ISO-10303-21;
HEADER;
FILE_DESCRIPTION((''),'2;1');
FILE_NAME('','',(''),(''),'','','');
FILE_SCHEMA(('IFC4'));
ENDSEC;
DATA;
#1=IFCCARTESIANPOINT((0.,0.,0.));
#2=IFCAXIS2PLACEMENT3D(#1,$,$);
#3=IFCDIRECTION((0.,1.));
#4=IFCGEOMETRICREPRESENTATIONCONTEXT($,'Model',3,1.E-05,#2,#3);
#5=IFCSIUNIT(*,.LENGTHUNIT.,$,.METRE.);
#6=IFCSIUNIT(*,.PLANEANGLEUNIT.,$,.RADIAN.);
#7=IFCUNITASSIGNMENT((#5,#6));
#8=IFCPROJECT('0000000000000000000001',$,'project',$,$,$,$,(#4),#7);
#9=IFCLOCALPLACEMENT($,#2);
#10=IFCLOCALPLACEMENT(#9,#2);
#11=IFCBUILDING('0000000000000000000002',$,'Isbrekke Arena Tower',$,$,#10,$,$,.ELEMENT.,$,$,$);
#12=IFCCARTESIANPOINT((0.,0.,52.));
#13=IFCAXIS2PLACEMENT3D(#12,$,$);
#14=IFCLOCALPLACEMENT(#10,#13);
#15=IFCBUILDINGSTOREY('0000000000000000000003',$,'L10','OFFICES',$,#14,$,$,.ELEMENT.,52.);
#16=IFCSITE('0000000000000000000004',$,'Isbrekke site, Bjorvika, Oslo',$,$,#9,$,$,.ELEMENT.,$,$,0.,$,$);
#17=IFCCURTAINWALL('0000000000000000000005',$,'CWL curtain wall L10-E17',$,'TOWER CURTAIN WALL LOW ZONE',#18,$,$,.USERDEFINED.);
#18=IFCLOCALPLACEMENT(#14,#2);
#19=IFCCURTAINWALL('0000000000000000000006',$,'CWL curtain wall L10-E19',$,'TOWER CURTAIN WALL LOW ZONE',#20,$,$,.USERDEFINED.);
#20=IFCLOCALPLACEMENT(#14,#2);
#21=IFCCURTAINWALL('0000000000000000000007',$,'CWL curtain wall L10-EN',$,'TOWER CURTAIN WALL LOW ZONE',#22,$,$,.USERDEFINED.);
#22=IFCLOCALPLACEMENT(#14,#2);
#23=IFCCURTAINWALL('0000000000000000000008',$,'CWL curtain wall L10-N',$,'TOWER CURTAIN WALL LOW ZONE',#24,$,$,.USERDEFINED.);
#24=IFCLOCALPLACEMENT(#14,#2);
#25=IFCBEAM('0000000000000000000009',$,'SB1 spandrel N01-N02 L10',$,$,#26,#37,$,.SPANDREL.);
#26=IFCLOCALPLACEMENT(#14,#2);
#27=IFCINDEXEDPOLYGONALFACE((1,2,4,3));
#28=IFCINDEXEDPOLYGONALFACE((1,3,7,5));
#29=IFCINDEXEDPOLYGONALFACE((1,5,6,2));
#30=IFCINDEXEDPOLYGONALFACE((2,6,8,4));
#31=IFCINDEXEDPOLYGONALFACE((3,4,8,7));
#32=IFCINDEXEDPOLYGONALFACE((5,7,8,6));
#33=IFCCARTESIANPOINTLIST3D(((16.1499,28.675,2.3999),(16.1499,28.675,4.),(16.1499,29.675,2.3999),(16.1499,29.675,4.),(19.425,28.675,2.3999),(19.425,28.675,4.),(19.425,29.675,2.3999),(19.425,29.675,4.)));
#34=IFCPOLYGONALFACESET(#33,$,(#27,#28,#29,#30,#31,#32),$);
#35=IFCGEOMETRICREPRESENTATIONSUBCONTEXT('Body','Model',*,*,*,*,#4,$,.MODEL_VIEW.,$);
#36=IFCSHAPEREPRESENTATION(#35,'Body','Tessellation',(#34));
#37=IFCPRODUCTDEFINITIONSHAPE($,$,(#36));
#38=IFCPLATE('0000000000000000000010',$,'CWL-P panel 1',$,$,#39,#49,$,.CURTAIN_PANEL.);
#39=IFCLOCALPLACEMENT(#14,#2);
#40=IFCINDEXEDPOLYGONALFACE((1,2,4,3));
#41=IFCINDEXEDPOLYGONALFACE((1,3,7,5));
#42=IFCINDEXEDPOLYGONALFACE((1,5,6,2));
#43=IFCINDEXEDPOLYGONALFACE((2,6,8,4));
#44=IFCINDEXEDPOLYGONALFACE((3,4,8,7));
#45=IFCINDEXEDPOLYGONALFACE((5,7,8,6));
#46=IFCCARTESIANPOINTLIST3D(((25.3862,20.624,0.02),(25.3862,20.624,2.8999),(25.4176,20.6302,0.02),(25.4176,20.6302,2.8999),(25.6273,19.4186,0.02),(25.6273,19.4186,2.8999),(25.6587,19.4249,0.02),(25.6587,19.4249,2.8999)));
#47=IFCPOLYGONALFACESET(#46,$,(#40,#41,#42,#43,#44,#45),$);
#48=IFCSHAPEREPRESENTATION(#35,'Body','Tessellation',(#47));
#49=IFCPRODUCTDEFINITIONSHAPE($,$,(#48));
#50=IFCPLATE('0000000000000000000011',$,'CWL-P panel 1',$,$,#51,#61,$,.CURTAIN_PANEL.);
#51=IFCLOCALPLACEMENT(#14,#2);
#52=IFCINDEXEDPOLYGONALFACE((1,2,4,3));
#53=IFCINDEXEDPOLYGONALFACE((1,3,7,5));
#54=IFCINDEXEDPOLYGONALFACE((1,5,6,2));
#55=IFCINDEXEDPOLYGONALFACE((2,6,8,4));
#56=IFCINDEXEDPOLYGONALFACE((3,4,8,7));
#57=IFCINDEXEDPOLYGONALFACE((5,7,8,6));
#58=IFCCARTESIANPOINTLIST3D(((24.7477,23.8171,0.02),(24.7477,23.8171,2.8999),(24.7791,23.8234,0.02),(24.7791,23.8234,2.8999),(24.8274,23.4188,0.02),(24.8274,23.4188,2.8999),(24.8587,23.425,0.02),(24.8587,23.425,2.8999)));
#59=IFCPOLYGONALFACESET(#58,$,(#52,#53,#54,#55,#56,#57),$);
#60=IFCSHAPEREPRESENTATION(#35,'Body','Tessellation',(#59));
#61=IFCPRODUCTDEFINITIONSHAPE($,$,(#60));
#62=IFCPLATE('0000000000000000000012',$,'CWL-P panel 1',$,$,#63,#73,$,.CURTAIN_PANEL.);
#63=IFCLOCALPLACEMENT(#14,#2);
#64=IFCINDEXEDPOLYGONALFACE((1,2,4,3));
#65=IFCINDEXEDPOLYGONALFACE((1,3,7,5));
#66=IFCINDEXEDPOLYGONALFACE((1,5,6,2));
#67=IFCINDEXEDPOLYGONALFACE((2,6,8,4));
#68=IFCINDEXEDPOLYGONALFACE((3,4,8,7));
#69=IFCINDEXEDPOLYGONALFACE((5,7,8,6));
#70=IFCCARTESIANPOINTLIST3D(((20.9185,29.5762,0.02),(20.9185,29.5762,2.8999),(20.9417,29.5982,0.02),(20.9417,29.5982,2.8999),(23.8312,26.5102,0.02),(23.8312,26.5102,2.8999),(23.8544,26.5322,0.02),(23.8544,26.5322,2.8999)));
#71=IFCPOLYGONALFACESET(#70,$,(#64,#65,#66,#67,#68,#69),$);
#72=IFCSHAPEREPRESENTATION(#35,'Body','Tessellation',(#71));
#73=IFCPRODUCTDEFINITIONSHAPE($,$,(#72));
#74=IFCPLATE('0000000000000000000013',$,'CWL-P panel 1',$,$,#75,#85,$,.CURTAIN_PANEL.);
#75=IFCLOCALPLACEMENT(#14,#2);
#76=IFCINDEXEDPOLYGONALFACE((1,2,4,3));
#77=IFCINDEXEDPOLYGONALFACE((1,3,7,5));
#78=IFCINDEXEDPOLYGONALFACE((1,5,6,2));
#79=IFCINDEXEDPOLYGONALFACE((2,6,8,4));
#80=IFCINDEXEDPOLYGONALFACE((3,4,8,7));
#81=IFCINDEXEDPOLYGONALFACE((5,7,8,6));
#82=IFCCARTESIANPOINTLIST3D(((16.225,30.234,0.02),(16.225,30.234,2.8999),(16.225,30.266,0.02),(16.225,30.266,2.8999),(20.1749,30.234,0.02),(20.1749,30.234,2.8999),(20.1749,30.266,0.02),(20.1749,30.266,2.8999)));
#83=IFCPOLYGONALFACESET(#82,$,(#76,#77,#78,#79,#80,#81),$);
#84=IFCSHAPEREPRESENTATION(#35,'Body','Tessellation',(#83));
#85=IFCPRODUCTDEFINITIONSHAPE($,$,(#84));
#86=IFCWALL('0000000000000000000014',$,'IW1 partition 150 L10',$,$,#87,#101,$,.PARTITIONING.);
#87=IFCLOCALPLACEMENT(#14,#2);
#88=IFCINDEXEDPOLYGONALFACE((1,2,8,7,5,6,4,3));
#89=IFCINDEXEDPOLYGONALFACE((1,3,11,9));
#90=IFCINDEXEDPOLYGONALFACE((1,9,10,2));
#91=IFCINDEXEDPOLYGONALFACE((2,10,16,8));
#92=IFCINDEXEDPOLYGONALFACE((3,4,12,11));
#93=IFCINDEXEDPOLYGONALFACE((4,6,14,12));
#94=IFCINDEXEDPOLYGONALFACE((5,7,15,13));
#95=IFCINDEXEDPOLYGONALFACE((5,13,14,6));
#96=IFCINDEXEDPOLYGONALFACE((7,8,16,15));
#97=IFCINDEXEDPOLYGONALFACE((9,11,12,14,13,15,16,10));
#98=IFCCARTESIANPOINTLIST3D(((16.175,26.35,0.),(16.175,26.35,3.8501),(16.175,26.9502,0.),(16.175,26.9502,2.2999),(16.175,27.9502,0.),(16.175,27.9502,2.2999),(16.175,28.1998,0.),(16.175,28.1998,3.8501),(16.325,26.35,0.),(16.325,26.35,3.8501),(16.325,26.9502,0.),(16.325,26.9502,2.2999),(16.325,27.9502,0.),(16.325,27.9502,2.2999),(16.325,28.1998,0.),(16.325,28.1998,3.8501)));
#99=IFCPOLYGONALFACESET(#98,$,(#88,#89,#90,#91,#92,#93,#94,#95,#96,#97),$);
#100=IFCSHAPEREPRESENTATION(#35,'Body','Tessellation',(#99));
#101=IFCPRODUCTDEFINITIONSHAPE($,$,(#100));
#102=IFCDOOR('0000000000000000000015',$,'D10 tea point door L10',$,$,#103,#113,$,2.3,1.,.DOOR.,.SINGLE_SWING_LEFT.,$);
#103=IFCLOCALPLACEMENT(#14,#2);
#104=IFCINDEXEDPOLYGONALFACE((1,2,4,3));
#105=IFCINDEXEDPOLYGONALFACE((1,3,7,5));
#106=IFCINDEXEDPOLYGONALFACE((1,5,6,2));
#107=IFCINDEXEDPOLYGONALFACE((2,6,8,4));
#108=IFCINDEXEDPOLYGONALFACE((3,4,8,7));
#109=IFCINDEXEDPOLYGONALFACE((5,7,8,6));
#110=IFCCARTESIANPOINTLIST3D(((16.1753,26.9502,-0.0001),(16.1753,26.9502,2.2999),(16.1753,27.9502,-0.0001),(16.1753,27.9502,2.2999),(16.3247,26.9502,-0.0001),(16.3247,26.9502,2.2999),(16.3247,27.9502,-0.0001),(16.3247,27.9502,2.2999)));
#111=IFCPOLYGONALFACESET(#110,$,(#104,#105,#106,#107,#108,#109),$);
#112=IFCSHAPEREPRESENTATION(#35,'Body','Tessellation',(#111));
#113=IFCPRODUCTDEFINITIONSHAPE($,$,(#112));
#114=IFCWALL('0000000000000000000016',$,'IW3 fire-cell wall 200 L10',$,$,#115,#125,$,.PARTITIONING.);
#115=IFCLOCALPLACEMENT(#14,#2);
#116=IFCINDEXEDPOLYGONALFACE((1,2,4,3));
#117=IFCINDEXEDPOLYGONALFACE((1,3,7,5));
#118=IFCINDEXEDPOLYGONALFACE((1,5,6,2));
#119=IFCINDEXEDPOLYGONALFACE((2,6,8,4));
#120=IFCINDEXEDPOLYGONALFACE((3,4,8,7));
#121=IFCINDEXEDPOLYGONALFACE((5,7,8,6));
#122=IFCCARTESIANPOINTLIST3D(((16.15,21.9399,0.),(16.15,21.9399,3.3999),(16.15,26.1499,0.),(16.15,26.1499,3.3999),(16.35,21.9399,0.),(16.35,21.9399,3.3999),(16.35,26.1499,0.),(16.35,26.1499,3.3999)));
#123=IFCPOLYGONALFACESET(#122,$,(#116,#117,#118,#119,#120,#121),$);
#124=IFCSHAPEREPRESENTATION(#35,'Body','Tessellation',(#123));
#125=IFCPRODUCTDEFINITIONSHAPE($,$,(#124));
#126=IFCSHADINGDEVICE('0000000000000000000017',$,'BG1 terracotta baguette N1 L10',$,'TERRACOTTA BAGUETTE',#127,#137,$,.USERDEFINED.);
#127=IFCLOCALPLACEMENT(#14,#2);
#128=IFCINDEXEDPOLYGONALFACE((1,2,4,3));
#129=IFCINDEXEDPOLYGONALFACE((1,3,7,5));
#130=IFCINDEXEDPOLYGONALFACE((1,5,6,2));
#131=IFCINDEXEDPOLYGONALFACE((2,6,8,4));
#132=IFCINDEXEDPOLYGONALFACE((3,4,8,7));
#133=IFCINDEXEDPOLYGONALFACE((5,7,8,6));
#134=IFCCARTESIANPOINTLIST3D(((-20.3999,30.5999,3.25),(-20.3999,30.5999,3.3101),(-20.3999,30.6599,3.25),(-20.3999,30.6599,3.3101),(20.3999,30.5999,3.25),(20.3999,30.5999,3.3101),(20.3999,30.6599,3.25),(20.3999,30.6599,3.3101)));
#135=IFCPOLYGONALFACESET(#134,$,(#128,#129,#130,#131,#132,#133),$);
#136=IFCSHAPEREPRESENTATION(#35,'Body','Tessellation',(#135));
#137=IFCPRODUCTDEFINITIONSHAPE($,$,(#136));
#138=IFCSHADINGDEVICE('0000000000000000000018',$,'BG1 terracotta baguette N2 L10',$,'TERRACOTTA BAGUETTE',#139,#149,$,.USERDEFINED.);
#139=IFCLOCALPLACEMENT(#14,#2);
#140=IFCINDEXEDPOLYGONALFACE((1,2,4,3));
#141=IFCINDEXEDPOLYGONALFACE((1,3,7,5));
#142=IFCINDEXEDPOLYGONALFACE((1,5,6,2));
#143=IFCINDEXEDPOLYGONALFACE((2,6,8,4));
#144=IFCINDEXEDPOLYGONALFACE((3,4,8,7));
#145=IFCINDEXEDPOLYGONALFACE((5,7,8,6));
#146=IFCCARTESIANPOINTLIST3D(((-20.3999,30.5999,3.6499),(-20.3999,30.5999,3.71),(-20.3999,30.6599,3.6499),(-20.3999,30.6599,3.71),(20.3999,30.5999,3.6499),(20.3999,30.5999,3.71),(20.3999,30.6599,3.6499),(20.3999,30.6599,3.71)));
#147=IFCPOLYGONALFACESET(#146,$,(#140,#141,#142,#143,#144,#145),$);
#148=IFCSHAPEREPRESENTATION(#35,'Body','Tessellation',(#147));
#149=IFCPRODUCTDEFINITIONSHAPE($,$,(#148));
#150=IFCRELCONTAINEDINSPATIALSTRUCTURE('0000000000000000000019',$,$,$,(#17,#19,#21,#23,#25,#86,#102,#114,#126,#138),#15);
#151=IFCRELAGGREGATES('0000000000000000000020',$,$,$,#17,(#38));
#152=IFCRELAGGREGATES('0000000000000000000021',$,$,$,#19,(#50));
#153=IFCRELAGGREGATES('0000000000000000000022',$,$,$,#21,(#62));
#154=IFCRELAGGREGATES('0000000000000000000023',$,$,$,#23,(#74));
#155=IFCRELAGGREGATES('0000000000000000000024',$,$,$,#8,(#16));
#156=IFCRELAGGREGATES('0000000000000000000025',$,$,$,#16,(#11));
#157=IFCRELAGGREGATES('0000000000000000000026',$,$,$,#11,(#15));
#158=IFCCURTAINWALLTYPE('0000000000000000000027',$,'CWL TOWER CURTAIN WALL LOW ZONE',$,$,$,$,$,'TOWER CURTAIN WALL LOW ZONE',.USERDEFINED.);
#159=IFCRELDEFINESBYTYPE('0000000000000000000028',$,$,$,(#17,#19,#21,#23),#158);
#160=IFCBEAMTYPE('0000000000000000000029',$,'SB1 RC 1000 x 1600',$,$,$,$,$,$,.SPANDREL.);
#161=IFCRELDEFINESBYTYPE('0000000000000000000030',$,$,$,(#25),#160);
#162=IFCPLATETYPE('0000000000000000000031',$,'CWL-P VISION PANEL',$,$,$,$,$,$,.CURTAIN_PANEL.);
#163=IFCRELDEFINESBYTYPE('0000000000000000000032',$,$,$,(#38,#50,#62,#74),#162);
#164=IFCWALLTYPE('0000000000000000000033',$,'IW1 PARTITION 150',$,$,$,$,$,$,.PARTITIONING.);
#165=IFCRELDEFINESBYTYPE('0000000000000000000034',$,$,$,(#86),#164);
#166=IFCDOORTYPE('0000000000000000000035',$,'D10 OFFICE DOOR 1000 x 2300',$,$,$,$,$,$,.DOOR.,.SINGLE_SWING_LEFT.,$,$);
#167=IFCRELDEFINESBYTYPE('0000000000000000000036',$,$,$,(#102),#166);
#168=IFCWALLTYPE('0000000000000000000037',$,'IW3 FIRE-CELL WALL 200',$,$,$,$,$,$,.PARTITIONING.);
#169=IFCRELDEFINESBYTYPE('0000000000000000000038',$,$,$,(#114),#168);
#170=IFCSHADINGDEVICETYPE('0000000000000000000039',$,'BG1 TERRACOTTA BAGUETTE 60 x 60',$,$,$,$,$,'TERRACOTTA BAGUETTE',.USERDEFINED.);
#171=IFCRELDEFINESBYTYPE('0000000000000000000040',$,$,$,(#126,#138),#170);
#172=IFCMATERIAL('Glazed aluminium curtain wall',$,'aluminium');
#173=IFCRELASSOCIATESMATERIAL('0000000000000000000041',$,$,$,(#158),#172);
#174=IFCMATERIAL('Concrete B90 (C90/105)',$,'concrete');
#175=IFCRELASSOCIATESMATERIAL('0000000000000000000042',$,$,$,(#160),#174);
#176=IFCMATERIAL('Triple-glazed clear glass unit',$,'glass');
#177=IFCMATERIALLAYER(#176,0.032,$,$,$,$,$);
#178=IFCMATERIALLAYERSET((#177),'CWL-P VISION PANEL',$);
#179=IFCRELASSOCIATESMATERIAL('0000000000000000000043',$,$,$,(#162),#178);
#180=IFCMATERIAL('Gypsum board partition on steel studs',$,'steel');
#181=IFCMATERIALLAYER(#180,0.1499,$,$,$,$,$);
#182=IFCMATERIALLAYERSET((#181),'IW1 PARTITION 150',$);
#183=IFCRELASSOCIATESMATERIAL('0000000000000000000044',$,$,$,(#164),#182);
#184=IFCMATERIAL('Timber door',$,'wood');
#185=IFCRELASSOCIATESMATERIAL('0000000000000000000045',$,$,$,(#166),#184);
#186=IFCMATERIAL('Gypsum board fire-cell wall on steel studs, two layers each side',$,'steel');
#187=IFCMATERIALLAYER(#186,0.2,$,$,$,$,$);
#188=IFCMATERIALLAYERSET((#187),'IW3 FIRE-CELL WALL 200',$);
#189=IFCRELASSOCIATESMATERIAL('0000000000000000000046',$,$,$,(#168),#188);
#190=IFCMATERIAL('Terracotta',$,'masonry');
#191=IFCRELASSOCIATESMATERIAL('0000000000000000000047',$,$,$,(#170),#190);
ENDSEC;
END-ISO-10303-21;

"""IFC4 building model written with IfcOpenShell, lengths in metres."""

from ifc_helpers import new_model, si_unit, direction, frame, frame_2d, origin, origin_2d, place, context, subcontext, project, spatial, rectangle, extrude, material, layer, layer_set, material_profile, profile_set, type_object, element, fill, aggregate, save


model = new_model("IFC4")

# Units and contexts
model_context = context("Model", 3, precision=1e-05, world=origin(), true_north=direction((0.0, 1.0)))
body_context = subcontext(model_context, "Body", "Model", "MODEL_VIEW")
ifc_project = project(units=[si_unit("LENGTHUNIT", "METRE"), si_unit("PLANEANGLEUNIT", "RADIAN")], contexts=[model_context])

# Site, building, storey
site_placement = place(None, origin())
site = spatial("IfcSite", under=ifc_project, at=site_placement, Name="Isbrekke site, Bjorvika, Oslo", CompositionType="ELEMENT", RefElevation=0.0)
building_placement = place(site_placement, origin())
building = spatial("IfcBuilding", under=site, at=building_placement, Name="Isbrekke Arena Tower", CompositionType="ELEMENT")
storey_placement = place(building_placement, frame((0.0, 0.0, 52.0)))
storey = spatial("IfcBuildingStorey", under=building, at=storey_placement, Name="L10", Description="OFFICES", CompositionType="ELEMENT", Elevation=52.0)

# Curtain walls
ifc_material_1 = material(Name="Glazed aluminium curtain wall", Category="aluminium")
curtain_wall_type = type_object("IfcCurtainWallType", Name="CWL TOWER CURTAIN WALL LOW ZONE", ElementType="TOWER CURTAIN WALL LOW ZONE", PredefinedType="USERDEFINED", material=ifc_material_1)
curtain_wall_1_placement = place(storey_placement, origin())
curtain_wall_1 = element("IfcCurtainWall", 1, at=curtain_wall_1_placement, inside=storey, type_object=curtain_wall_type, Name="CWL curtain wall L10-E17", ObjectType="TOWER CURTAIN WALL LOW ZONE", PredefinedType="USERDEFINED")
curtain_wall_2_placement = place(storey_placement, origin())
curtain_wall_2 = element("IfcCurtainWall", 2, at=curtain_wall_2_placement, inside=storey, type_object=curtain_wall_type, Name="CWL curtain wall L10-E19", ObjectType="TOWER CURTAIN WALL LOW ZONE", PredefinedType="USERDEFINED")
curtain_wall_3_placement = place(storey_placement, origin())
curtain_wall_3 = element("IfcCurtainWall", 3, at=curtain_wall_3_placement, inside=storey, type_object=curtain_wall_type, Name="CWL curtain wall L10-EN", ObjectType="TOWER CURTAIN WALL LOW ZONE", PredefinedType="USERDEFINED")

# Curtain wall
curtain_wall_4_placement = place(storey_placement, origin())
curtain_wall_4 = element("IfcCurtainWall", 4, at=curtain_wall_4_placement, inside=storey, type_object=curtain_wall_type, Name="CWL curtain wall L10-N", ObjectType="TOWER CURTAIN WALL LOW ZONE", PredefinedType="USERDEFINED")

# Beam
ifc_material_2 = material(Name="Concrete B90 (C90/105)", Category="concrete")
ifc_material_profile_1 = material_profile(ifc_material_2, rectangle(XDim=1.0, YDim=1.6001, at=origin_2d()), Name="RC 1000x1600")
ifc_profile_set_1 = profile_set([ifc_material_profile_1], Name="Concrete B90 (C90/105)")
beam_type_1 = type_object("IfcBeamType", Name="SB1 RC 1000 x 1600", PredefinedType="SPANDREL", material=ifc_profile_set_1)
beam_1_placement = place(storey_placement, frame((19.425, 29.175, 3.2), z_axis=(-1.0, 0.0, 0.0), x_axis=(0.0, -1.0, 0.0)))
element("IfcBeam", 5, at=beam_1_placement, inside=storey, type_object=beam_type_1, Name="SB1 spandrel N01-N02 L10", PredefinedType="SPANDREL", context=body_context, shape_type="SweptSolid", body=[
    extrude(rectangle(XDim=1.0, YDim=1.6001, at=origin_2d()), origin(), (0.0, 0.0, 1.0), 3.2751),
])

# Plates
ifc_material_3 = material(Name="Triple-glazed clear glass unit", Category="glass")
ifc_layer_1 = layer(ifc_material_3, 0.032)
ifc_layer_set_1 = layer_set([ifc_layer_1], Name="CWL-P VISION PANEL")
plate_type = type_object("IfcPlateType", Name="CWL-P VISION PANEL", PredefinedType="CURTAIN_PANEL", material=ifc_layer_set_1)
plate_1_placement = place(storey_placement, frame((25.5225, 20.0244, 0.02), z_axis=(0.0, 0.0, 1.0), x_axis=(-0.196116, 0.980581, 0.0)))
plate_1 = element("IfcPlate", 6, at=plate_1_placement, type_object=plate_type, Name="CWL-P panel 1", PredefinedType="CURTAIN_PANEL", context=body_context, shape_type="SweptSolid", body=[
    extrude(rectangle(XDim=1.2292, YDim=0.032, at=origin_2d()), origin(), (0.0, 0.0, 1.0), 2.8799),
])
aggregate(curtain_wall_1, [plate_1])
plate_2_placement = place(storey_placement, frame((24.8032, 23.6211, 0.02), z_axis=(0.0, 0.0, 1.0), x_axis=(-0.196116, 0.980581, 0.0)))
plate_2 = element("IfcPlate", 7, at=plate_2_placement, type_object=plate_type, Name="CWL-P panel 1", PredefinedType="CURTAIN_PANEL", context=body_context, shape_type="SweptSolid", body=[
    extrude(rectangle(XDim=0.4062, YDim=0.032, at=origin_2d()), origin(), (0.0, 0.0, 1.0), 2.8799),
])
aggregate(curtain_wall_2, [plate_2])
plate_3_placement = place(storey_placement, frame((22.3865, 28.0542, 0.02), z_axis=(0.0, 0.0, 1.0), x_axis=(-0.688749, 0.724999, 0.0)))
plate_3 = element("IfcPlate", 8, at=plate_3_placement, type_object=plate_type, Name="CWL-P panel 1", PredefinedType="CURTAIN_PANEL", context=body_context, shape_type="SweptSolid", body=[
    extrude(rectangle(XDim=4.229, YDim=0.032, at=origin_2d()), origin(), (0.0, 0.0, 1.0), 2.8799),
])
aggregate(curtain_wall_3, [plate_3])
plate_4_placement = place(storey_placement, frame((18.2, 30.25, 0.02), z_axis=(0.0, 0.0, 1.0), x_axis=(-1.0, 0.0, 0.0)))
plate_4 = element("IfcPlate", 9, at=plate_4_placement, type_object=plate_type, Name="CWL-P panel 1", PredefinedType="CURTAIN_PANEL", context=body_context, shape_type="SweptSolid", body=[
    extrude(rectangle(XDim=3.95, YDim=0.032, at=origin_2d()), origin(), (0.0, 0.0, 1.0), 2.8799),
])
aggregate(curtain_wall_4, [plate_4])

# Wall, opening, door
ifc_material_4 = material(Name="Gypsum board partition on steel studs", Category="steel")
ifc_layer_2 = layer(ifc_material_4, 0.1499)
ifc_layer_set_2 = layer_set([ifc_layer_2], Name="IW1 PARTITION 150")
wall_type_1 = type_object("IfcWallType", Name="IW1 PARTITION 150", PredefinedType="PARTITIONING", material=ifc_layer_set_2)
wall_1_placement = place(storey_placement, frame((16.25, 26.3501, 0.0), z_axis=(0.0, 0.0, 1.0), x_axis=(0.0, 1.0, 0.0)))
wall_1 = element("IfcWall", 10, at=wall_1_placement, inside=storey, type_object=wall_type_1, Name="IW1 partition 150 L10", PredefinedType="PARTITIONING", context=body_context, shape_type="SweptSolid", body=[
    extrude(rectangle(XDim=1.8499, YDim=0.1499, at=frame_2d((0.9248, 0.0))), origin(), (0.0, 0.0, 1.0), 3.8501),
])
opening_placement = place(wall_1_placement, frame((0.6001, 0.0, 0.0)))
opening = element("IfcOpeningElement", 11, at=opening_placement, cuts=wall_1, PredefinedType="OPENING", context=body_context, shape_type="SweptSolid", body=[
    extrude(rectangle(XDim=1.0, YDim=2.3, at=frame_2d((0.5, 1.1499))), frame((0.0, 0.0898, 0.0), z_axis=(0.0, -1.0, 0.0), x_axis=(1.0, 0.0, 0.0)), (0.0, 0.0, 1.0), 0.1797),
])
ifc_material_5 = material(Name="Timber door", Category="wood")
door_type = type_object("IfcDoorType", Name="D10 OFFICE DOOR 1000 x 2300", OperationType="SINGLE_SWING_LEFT", PredefinedType="DOOR", material=ifc_material_5)
door_placement = place(opening_placement, origin())
door = element("IfcDoor", 12, at=door_placement, inside=storey, type_object=door_type, Name="D10 tea point door L10", OperationType="SINGLE_SWING_LEFT", OverallHeight=2.3, OverallWidth=1.0, PredefinedType="DOOR", context=body_context, shape_type="SweptSolid", body=[
    extrude(rectangle(XDim=1.0, YDim=2.3, at=frame_2d((0.5, 1.1499))), frame((0.0, 0.0747, 0.0), z_axis=(0.0, -1.0, 0.0), x_axis=(1.0, 0.0, 0.0)), (0.0, 0.0, 1.0), 0.1494),
])
fill(opening, door)

# Wall
ifc_material_6 = material(Name="Gypsum board fire-cell wall on steel studs, two layers each side", Category="steel")
ifc_layer_3 = layer(ifc_material_6, 0.2)
ifc_layer_set_3 = layer_set([ifc_layer_3], Name="IW3 FIRE-CELL WALL 200")
wall_type_2 = type_object("IfcWallType", Name="IW3 FIRE-CELL WALL 200", PredefinedType="PARTITIONING", material=ifc_layer_set_3)
wall_2_placement = place(storey_placement, frame((16.25, 21.9399, 0.0), z_axis=(0.0, 0.0, 1.0), x_axis=(0.0, 1.0, 0.0)))
element("IfcWall", 13, at=wall_2_placement, inside=storey, type_object=wall_type_2, Name="IW3 fire-cell wall 200 L10", PredefinedType="PARTITIONING", context=body_context, shape_type="SweptSolid", body=[
    extrude(rectangle(XDim=4.21, YDim=0.2, at=frame_2d((2.105, 0.0))), origin(), (0.0, 0.0, 1.0), 3.3999),
])

# Shading devices
ifc_material_7 = material(Name="Terracotta", Category="masonry")
ifc_material_profile_2 = material_profile(ifc_material_7, rectangle(XDim=0.0601, YDim=0.0601, at=origin_2d()), Name="BAGUETTE 60X60")
ifc_profile_set_2 = profile_set([ifc_material_profile_2], Name="Terracotta")
shading_device_type = type_object("IfcShadingDeviceType", Name="BG1 TERRACOTTA BAGUETTE 60 x 60", ElementType="TERRACOTTA BAGUETTE", PredefinedType="USERDEFINED", material=ifc_profile_set_2)
for number, where, z_axis, x_axis, name in (
    (14, (20.3999, 30.6299, 3.28), (-1.0, 0.0, 0.0), (0.0, -1.0, 0.0), "BG1 terracotta baguette N1 L10"),
    (15, (20.3999, 30.6299, 3.6799), (-1.0, 0.0, 0.0), (0.0, -1.0, 0.0), "BG1 terracotta baguette N2 L10"),
):
    element("IfcShadingDevice", number, at=place(storey_placement, frame(where, z_axis=z_axis, x_axis=x_axis)), inside=storey, type_object=shading_device_type, Name=name, ObjectType="TERRACOTTA BAGUETTE", PredefinedType="USERDEFINED", context=body_context, shape_type="SweptSolid", body=[
        extrude(rectangle(XDim=0.0601, YDim=0.0601, at=origin_2d()), origin(), (0.0, 0.0, 1.0), 40.7998),
    ])

save(model, "model.ifc")
